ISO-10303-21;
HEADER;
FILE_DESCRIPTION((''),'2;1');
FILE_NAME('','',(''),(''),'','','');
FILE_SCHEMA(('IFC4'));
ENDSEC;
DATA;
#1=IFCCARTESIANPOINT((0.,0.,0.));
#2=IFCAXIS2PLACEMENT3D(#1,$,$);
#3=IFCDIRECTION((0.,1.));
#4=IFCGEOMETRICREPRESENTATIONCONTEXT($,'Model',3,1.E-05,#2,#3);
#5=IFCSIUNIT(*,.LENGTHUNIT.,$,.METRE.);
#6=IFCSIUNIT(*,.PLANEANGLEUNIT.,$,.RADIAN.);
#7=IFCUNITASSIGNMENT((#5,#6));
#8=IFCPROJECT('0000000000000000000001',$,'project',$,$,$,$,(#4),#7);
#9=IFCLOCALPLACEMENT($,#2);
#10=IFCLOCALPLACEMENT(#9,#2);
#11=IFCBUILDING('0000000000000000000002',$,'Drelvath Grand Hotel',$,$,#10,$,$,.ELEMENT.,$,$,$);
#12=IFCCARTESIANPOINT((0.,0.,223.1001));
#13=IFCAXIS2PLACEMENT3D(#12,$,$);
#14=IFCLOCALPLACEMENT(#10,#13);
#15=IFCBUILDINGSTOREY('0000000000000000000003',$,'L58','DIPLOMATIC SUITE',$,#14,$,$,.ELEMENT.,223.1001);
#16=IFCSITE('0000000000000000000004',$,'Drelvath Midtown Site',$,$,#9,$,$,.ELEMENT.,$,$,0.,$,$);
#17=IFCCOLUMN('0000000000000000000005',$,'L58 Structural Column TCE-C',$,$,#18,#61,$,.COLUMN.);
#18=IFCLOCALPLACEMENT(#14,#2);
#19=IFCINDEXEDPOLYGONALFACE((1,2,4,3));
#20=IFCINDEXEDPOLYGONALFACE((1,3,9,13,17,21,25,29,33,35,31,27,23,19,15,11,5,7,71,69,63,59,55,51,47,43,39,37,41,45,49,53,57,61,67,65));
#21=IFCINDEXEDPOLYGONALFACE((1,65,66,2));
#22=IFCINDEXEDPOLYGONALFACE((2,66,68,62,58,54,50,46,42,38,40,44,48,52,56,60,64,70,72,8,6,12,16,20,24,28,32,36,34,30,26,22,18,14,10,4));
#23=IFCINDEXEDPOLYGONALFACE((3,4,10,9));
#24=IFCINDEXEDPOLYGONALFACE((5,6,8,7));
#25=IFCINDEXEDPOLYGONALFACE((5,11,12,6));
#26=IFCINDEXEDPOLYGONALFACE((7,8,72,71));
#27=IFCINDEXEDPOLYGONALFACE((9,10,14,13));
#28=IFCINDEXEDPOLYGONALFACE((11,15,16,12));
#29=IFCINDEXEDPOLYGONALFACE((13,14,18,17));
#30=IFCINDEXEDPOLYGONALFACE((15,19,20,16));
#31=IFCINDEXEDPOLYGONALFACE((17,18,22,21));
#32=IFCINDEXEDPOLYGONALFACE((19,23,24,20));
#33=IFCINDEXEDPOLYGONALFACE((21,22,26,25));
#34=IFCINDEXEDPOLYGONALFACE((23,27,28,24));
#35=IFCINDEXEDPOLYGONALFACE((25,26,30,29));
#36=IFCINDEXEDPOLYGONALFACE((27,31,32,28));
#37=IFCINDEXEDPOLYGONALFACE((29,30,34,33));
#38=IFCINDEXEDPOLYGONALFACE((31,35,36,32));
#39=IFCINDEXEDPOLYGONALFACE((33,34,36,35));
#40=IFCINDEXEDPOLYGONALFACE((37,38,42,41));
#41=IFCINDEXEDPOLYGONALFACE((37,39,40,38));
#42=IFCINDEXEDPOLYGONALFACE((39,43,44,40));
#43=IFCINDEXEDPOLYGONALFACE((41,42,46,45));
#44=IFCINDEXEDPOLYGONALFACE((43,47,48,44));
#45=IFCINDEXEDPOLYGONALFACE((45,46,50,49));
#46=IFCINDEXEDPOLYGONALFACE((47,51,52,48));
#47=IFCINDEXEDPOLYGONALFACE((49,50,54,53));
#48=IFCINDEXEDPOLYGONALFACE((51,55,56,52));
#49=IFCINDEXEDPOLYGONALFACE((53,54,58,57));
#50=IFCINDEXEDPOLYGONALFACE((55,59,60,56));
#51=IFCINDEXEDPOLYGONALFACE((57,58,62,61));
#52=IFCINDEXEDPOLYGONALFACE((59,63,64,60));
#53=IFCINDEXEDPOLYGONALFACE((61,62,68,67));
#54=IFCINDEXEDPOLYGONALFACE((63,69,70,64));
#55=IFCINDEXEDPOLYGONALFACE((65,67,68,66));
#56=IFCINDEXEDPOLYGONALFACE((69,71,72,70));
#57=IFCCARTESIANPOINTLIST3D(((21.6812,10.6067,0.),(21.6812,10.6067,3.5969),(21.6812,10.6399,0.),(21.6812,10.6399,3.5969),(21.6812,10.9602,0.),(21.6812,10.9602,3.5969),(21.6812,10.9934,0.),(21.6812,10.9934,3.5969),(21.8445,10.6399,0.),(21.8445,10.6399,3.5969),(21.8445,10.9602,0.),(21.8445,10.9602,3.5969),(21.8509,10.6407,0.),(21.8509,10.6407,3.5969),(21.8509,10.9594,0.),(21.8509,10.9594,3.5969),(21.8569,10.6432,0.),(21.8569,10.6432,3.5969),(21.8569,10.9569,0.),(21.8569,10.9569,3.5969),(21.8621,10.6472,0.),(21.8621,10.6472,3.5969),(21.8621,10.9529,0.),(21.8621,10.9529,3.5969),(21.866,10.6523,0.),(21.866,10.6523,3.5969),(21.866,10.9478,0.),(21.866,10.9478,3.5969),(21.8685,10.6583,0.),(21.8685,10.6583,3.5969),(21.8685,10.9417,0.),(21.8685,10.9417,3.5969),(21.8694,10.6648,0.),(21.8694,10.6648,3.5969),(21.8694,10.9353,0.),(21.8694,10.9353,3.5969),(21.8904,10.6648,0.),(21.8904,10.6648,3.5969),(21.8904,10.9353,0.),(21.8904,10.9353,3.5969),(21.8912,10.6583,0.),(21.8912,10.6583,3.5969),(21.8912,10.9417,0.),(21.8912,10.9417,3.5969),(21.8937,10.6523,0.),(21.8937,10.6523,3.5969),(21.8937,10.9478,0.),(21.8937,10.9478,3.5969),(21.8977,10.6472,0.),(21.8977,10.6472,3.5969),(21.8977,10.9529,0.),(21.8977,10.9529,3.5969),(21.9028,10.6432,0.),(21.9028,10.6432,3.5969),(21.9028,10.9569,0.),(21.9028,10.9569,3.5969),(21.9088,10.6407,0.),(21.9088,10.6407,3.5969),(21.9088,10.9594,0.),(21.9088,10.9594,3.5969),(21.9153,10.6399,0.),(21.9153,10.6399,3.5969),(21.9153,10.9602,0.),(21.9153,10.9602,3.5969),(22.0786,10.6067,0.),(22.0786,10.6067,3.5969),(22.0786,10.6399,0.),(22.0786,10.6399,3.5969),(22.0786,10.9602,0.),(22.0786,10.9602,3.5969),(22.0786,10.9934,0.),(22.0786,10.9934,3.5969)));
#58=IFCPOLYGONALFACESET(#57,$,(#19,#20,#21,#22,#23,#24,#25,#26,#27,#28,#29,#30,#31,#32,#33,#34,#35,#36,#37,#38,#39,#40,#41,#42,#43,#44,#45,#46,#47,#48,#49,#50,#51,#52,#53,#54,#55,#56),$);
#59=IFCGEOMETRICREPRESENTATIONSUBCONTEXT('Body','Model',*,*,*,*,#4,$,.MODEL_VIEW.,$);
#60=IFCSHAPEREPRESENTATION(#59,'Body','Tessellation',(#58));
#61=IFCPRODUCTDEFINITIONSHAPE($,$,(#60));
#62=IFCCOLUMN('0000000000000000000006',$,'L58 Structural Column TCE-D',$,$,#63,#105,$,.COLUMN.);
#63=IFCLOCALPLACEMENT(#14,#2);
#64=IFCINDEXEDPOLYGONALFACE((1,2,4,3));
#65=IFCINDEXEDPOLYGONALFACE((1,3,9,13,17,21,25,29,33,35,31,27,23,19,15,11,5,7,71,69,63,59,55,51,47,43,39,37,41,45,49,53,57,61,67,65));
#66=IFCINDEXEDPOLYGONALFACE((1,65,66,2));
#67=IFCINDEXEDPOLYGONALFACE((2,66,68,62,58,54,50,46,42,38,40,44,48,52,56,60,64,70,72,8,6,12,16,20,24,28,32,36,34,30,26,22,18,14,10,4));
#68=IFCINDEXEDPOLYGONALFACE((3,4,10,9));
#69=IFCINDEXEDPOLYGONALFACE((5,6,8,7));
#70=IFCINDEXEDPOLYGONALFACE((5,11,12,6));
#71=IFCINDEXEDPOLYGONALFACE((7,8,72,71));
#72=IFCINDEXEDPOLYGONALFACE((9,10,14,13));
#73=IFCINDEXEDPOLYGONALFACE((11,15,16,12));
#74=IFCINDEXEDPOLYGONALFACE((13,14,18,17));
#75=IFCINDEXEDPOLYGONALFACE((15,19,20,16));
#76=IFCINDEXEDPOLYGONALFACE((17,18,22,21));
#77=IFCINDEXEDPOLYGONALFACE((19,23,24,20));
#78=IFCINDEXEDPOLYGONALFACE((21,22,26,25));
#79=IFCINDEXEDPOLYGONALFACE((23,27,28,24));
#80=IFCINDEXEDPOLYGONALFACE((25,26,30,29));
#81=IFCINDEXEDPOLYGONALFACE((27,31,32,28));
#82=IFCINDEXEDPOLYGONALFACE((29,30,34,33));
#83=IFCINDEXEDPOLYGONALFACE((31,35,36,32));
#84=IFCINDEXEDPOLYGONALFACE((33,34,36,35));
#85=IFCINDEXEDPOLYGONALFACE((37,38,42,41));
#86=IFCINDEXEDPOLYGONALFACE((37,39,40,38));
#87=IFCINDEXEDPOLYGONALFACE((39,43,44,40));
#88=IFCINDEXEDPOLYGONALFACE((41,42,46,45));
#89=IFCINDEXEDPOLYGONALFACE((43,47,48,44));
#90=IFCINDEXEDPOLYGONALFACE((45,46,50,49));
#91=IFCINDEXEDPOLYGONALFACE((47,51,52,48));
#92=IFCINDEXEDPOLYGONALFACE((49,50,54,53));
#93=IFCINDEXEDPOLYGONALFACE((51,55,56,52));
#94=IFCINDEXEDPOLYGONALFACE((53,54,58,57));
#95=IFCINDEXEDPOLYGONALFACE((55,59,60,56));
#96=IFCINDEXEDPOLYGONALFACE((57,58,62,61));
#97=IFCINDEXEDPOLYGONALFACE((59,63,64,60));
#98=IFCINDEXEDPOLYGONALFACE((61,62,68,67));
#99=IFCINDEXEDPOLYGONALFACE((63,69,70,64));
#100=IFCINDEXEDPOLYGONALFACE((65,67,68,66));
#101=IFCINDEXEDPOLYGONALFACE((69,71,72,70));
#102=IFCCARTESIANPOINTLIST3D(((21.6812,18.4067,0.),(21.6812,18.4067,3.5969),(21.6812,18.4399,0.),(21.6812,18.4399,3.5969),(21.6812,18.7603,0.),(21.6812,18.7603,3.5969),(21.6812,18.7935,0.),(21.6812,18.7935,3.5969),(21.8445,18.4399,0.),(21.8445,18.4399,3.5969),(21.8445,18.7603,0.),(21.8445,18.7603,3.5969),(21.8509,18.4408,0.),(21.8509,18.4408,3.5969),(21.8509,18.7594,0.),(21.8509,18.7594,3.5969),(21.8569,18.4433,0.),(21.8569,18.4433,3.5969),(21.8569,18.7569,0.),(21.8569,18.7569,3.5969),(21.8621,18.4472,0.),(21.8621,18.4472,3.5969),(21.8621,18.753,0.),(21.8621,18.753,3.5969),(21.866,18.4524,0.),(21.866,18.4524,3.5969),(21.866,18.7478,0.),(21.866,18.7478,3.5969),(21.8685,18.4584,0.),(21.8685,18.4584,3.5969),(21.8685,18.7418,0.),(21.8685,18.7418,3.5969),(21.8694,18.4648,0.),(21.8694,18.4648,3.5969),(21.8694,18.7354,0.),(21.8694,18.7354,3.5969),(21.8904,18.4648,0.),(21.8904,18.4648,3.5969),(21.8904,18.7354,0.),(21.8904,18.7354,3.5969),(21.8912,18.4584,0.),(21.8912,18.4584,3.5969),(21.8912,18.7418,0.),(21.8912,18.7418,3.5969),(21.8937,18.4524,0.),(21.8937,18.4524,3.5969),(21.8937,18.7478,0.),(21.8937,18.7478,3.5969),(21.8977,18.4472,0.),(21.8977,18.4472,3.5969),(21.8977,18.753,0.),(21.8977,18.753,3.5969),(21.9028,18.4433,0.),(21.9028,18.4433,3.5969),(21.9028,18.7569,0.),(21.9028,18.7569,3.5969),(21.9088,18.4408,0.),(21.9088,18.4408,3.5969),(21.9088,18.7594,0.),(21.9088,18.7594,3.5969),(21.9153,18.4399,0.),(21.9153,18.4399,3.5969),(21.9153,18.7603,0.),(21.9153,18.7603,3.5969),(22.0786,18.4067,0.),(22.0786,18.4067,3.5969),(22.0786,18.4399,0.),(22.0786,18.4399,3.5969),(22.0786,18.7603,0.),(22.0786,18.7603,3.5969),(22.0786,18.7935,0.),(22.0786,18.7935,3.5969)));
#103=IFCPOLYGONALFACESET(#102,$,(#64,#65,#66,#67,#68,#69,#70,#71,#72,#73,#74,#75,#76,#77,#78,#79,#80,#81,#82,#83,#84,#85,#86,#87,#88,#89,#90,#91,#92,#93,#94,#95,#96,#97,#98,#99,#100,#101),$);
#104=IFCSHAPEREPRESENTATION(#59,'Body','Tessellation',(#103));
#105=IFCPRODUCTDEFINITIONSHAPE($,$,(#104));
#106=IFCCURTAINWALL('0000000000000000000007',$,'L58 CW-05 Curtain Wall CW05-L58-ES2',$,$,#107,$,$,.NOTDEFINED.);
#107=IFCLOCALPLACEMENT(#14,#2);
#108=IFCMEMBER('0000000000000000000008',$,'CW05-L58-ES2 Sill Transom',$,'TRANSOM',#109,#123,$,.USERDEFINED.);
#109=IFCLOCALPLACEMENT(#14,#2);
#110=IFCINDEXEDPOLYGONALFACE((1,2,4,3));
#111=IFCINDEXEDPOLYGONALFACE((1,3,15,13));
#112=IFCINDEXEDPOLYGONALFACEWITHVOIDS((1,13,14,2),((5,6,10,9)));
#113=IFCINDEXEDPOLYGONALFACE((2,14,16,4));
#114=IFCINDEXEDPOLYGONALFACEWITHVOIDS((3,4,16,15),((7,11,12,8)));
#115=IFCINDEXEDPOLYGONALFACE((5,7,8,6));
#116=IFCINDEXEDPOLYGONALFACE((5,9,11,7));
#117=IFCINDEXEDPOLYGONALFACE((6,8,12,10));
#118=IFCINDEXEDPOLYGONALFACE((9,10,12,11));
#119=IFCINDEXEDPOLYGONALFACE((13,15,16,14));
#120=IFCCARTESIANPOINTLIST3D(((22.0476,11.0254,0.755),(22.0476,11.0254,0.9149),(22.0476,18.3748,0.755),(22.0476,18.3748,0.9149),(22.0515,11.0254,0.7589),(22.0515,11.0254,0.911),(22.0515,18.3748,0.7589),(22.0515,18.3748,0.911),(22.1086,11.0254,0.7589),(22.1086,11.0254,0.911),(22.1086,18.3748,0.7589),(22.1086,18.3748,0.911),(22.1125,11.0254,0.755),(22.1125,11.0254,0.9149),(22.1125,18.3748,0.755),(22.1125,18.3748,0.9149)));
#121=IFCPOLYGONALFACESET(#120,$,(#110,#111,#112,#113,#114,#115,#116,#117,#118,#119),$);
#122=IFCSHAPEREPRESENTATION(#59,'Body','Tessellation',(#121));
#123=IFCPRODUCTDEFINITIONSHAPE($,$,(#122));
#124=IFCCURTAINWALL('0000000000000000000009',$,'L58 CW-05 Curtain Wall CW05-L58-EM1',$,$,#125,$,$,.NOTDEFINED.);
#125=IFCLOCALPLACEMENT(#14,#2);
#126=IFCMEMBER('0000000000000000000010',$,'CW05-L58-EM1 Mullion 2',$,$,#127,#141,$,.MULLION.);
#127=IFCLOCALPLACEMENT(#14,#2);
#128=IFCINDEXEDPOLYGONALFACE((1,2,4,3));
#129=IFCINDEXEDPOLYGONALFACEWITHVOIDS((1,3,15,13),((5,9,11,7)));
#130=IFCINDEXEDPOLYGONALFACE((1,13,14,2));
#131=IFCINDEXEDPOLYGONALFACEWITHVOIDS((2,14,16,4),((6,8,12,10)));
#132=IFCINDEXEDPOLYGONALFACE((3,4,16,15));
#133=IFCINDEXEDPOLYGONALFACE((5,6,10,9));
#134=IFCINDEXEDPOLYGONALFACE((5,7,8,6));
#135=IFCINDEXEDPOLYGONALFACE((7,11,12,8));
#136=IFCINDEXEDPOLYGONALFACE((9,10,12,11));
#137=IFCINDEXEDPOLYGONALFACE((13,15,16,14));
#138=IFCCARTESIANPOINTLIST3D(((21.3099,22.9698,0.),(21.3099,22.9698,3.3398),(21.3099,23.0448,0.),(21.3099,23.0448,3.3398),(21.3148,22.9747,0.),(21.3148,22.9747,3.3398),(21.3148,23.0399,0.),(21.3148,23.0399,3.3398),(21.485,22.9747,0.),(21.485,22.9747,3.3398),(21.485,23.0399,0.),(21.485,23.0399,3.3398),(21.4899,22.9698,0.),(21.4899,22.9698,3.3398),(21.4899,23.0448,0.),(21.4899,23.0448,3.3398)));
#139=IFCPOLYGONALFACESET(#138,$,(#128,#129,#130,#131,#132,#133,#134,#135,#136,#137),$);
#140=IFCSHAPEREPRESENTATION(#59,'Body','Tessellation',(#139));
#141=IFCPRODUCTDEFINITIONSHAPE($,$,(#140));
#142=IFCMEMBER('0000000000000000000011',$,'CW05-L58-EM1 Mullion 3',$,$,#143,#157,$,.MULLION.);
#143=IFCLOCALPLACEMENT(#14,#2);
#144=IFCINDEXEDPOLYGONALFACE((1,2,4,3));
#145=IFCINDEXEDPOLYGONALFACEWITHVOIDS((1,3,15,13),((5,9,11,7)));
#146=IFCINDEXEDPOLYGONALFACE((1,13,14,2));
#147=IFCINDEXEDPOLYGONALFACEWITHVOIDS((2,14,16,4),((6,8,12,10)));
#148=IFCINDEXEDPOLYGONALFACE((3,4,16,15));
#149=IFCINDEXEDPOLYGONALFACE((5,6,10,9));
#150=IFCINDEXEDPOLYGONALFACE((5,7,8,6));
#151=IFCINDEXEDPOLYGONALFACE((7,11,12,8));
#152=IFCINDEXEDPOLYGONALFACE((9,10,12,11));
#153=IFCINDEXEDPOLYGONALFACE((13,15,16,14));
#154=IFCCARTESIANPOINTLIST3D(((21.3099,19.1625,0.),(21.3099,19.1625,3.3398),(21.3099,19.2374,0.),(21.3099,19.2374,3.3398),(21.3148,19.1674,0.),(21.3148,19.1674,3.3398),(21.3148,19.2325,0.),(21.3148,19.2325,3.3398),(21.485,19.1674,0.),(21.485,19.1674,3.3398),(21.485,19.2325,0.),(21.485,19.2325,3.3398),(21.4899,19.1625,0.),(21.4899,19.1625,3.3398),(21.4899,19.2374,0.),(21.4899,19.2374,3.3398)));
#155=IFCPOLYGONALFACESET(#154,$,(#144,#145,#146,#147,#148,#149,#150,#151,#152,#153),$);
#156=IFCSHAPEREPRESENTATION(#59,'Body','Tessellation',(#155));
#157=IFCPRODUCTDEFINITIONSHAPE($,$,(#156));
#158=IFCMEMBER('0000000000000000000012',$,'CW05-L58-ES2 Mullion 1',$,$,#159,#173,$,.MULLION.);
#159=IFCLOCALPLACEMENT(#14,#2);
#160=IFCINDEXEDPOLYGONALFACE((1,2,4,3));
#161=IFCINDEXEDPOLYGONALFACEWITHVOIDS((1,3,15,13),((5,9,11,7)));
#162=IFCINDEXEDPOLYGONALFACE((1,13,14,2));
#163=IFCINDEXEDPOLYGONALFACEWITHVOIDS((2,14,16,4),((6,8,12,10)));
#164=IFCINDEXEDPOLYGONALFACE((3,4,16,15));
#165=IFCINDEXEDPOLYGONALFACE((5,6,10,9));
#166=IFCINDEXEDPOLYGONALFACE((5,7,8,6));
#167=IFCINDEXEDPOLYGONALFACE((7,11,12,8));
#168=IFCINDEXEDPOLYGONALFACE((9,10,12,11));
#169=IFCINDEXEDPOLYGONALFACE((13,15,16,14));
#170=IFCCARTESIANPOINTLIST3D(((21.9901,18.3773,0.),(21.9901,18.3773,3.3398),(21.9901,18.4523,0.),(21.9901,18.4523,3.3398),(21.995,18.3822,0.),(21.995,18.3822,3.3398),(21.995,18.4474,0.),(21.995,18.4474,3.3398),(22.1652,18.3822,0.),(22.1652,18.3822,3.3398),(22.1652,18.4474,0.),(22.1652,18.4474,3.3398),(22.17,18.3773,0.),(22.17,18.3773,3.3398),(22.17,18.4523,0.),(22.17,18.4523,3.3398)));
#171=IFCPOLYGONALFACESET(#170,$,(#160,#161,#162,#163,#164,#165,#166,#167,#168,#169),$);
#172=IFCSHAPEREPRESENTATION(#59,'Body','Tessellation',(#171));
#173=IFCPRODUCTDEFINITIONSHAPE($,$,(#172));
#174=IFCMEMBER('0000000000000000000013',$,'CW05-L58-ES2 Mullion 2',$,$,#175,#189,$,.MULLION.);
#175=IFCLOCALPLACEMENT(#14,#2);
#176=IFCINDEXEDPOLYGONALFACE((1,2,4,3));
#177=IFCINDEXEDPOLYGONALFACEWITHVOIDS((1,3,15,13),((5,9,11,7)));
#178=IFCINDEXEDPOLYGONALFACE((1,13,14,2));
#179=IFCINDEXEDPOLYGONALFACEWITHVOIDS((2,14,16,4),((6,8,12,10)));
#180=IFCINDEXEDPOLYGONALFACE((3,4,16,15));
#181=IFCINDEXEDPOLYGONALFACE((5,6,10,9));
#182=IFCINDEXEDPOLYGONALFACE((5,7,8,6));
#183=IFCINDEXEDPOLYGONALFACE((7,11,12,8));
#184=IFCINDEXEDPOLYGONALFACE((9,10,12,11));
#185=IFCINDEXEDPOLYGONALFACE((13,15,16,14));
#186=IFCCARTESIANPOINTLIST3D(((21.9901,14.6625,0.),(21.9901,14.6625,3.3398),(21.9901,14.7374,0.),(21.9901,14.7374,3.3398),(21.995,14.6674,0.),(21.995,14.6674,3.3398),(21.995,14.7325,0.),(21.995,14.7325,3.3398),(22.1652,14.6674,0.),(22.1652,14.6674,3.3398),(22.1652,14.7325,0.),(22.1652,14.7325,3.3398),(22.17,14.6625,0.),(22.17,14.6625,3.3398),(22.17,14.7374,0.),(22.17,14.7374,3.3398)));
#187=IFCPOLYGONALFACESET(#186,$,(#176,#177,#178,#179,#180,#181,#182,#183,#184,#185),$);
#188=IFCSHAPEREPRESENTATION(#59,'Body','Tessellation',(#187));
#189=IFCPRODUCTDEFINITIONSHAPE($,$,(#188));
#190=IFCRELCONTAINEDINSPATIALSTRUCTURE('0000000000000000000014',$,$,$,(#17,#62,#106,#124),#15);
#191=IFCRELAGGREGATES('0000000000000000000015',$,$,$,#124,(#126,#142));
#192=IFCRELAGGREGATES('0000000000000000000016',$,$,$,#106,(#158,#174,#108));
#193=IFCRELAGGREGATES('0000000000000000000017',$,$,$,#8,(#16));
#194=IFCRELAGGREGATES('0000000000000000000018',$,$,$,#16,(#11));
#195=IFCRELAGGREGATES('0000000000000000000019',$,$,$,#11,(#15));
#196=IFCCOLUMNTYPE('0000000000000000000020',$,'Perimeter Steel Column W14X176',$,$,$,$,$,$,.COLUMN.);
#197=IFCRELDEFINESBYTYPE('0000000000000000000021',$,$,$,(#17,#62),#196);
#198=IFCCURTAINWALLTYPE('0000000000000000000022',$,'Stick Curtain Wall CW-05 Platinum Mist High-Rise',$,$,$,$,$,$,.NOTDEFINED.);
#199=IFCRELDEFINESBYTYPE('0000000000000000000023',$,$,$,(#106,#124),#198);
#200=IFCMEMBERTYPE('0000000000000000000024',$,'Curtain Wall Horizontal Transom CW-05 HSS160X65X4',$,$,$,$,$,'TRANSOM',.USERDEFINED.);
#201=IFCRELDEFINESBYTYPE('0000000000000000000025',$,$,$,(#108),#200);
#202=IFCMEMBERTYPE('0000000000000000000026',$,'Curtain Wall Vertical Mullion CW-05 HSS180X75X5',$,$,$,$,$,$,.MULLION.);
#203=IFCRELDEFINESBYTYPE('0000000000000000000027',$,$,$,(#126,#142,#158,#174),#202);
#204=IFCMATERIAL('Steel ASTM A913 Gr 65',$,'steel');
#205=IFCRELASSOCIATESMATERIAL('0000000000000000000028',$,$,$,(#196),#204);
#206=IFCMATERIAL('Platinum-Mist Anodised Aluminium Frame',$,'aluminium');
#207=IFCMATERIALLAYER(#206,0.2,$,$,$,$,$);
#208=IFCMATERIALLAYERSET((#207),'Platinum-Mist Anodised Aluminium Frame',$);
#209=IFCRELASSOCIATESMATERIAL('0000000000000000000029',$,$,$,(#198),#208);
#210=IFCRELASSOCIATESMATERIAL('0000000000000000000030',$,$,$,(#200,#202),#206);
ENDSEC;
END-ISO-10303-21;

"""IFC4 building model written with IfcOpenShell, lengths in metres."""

from ifc_helpers import new_model, si_unit, direction, frame, origin, origin_2d, place, context, subcontext, project, spatial, hollow_rectangle, i_section, extrude, material, layer, layer_set, material_profile, profile_set, type_object, element, aggregate, save


model = new_model("IFC4")

# Units and contexts
model_context = context("Model", 3, precision=1e-05, world=origin(), true_north=direction((0.0, 1.0)))
body_context = subcontext(model_context, "Body", "Model", "MODEL_VIEW")
ifc_project = project(units=[si_unit("LENGTHUNIT", "METRE"), si_unit("PLANEANGLEUNIT", "RADIAN")], contexts=[model_context])

# Site, building, storey
site_placement = place(None, origin())
site = spatial("IfcSite", under=ifc_project, at=site_placement, Name="Drelvath Midtown Site", CompositionType="ELEMENT", RefElevation=0.0)
building_placement = place(site_placement, origin())
building = spatial("IfcBuilding", under=site, at=building_placement, Name="Drelvath Grand Hotel", CompositionType="ELEMENT")
storey_placement = place(building_placement, frame((0.0, 0.0, 223.1001)))
storey = spatial("IfcBuildingStorey", under=building, at=storey_placement, Name="L58", Description="DIPLOMATIC SUITE", CompositionType="ELEMENT", Elevation=223.1001)

# Columns
ifc_material_1 = material(Name="Steel ASTM A913 Gr 65", Category="steel")
ifc_material_profile_1 = material_profile(ifc_material_1, i_section(OverallWidth=0.3975, OverallDepth=0.3867, WebThickness=0.021, FlangeThickness=0.0332, FilletRadius=0.0249, at=origin_2d()), Name="W14X176")
ifc_profile_set_1 = profile_set([ifc_material_profile_1], Name="Steel ASTM A913 Gr 65")
column_type = type_object("IfcColumnType", Name="Perimeter Steel Column W14X176", PredefinedType="COLUMN", material=ifc_profile_set_1)
for number, where, z_axis, x_axis, name in (
    (1, (21.8799, 10.8, 0.0), (0.0, 0.0, 1.0), (1.0, 0.0, 0.0), "L58 Structural Column TCE-C"),
    (2, (21.8799, 18.6001, 0.0), (0.0, 0.0, 1.0), (1.0, 0.0, 0.0), "L58 Structural Column TCE-D"),
):
    element("IfcColumn", number, at=place(storey_placement, frame(where, z_axis=z_axis, x_axis=x_axis)), inside=storey, type_object=column_type, Name=name, PredefinedType="COLUMN", context=body_context, shape_type="SweptSolid", body=[
        extrude(i_section(OverallWidth=0.3975, OverallDepth=0.3867, WebThickness=0.021, FlangeThickness=0.0332, FilletRadius=0.0249, at=origin_2d()), origin(), (0.0, 0.0, 1.0), 3.5969),
    ])

# Curtain wall, member
ifc_material_2 = material(Name="Platinum-Mist Anodised Aluminium Frame", Category="aluminium")
ifc_layer_1 = layer(ifc_material_2, 0.2)
ifc_layer_set_1 = layer_set([ifc_layer_1], Name="Platinum-Mist Anodised Aluminium Frame")
curtain_wall_type = type_object("IfcCurtainWallType", Name="Stick Curtain Wall CW-05 Platinum Mist High-Rise", PredefinedType="NOTDEFINED", material=ifc_layer_set_1)
curtain_wall_1_placement = place(storey_placement, origin())
curtain_wall_1 = element("IfcCurtainWall", 3, at=curtain_wall_1_placement, inside=storey, type_object=curtain_wall_type, Name="L58 CW-05 Curtain Wall CW05-L58-ES2", PredefinedType="NOTDEFINED")
ifc_material_profile_2 = material_profile(ifc_material_2, hollow_rectangle(XDim=0.0649, YDim=0.1599, WallThickness=0.0039, at=origin_2d()), Name="HSS160X65X4")
ifc_profile_set_2 = profile_set([ifc_material_profile_2], Name="Platinum-Mist Anodised Aluminium Frame")
member_type_1 = type_object("IfcMemberType", Name="Curtain Wall Horizontal Transom CW-05 HSS160X65X4", ElementType="TRANSOM", PredefinedType="USERDEFINED", material=ifc_profile_set_2)
member_1_placement = place(storey_placement, frame((22.0801, 18.3748, 0.835), z_axis=(0.0, -1.0, 0.0), x_axis=(1.0, 0.0, 0.0)))
member_1 = element("IfcMember", 4, at=member_1_placement, type_object=member_type_1, Name="CW05-L58-ES2 Sill Transom", ObjectType="TRANSOM", PredefinedType="USERDEFINED", context=body_context, shape_type="SweptSolid", body=[
    extrude(hollow_rectangle(XDim=0.0649, YDim=0.1599, WallThickness=0.0039, at=origin_2d()), origin(), (0.0, 0.0, 1.0), 7.3494),
])

# Curtain wall, members
curtain_wall_2_placement = place(storey_placement, origin())
curtain_wall_2 = element("IfcCurtainWall", 5, at=curtain_wall_2_placement, inside=storey, type_object=curtain_wall_type, Name="L58 CW-05 Curtain Wall CW05-L58-EM1", PredefinedType="NOTDEFINED")
ifc_material_profile_3 = material_profile(ifc_material_2, hollow_rectangle(XDim=0.075, YDim=0.1799, WallThickness=0.0049, at=origin_2d()), Name="HSS180X75X5")
ifc_profile_set_3 = profile_set([ifc_material_profile_3], Name="Platinum-Mist Anodised Aluminium Frame")
member_type_2 = type_object("IfcMemberType", Name="Curtain Wall Vertical Mullion CW-05 HSS180X75X5", PredefinedType="MULLION", material=ifc_profile_set_3)
member_2_placement = place(storey_placement, frame((21.3999, 23.0073, 0.0), z_axis=(0.0, 0.0, 1.0), x_axis=(0.0, 1.0, 0.0)))
member_2 = element("IfcMember", 6, at=member_2_placement, type_object=member_type_2, Name="CW05-L58-EM1 Mullion 2", PredefinedType="MULLION", context=body_context, shape_type="SweptSolid", body=[
    extrude(hollow_rectangle(XDim=0.075, YDim=0.1799, WallThickness=0.0049, at=origin_2d()), origin(), (0.0, 0.0, 1.0), 3.3398),
])
member_3_placement = place(storey_placement, frame((21.3999, 19.2, 0.0), z_axis=(0.0, 0.0, 1.0), x_axis=(0.0, 1.0, 0.0)))
member_3 = element("IfcMember", 7, at=member_3_placement, type_object=member_type_2, Name="CW05-L58-EM1 Mullion 3", PredefinedType="MULLION", context=body_context, shape_type="SweptSolid", body=[
    extrude(hollow_rectangle(XDim=0.075, YDim=0.1799, WallThickness=0.0049, at=origin_2d()), origin(), (0.0, 0.0, 1.0), 3.3398),
])

# Members
member_4_placement = place(storey_placement, frame((22.0801, 18.4148, 0.0), z_axis=(0.0, 0.0, 1.0), x_axis=(0.0, 1.0, 0.0)))
member_4 = element("IfcMember", 8, at=member_4_placement, type_object=member_type_2, Name="CW05-L58-ES2 Mullion 1", PredefinedType="MULLION", context=body_context, shape_type="SweptSolid", body=[
    extrude(hollow_rectangle(XDim=0.075, YDim=0.1799, WallThickness=0.0049, at=origin_2d()), origin(), (0.0, 0.0, 1.0), 3.3398),
])
member_5_placement = place(storey_placement, frame((22.0801, 14.7, 0.0), z_axis=(0.0, 0.0, 1.0), x_axis=(0.0, 1.0, 0.0)))
member_5 = element("IfcMember", 9, at=member_5_placement, type_object=member_type_2, Name="CW05-L58-ES2 Mullion 2", PredefinedType="MULLION", context=body_context, shape_type="SweptSolid", body=[
    extrude(hollow_rectangle(XDim=0.075, YDim=0.1799, WallThickness=0.0049, at=origin_2d()), origin(), (0.0, 0.0, 1.0), 3.3398),
])

aggregate(curtain_wall_2, [member_2, member_3])
aggregate(curtain_wall_1, [member_4, member_5, member_1])

save(model, "model.ifc")
